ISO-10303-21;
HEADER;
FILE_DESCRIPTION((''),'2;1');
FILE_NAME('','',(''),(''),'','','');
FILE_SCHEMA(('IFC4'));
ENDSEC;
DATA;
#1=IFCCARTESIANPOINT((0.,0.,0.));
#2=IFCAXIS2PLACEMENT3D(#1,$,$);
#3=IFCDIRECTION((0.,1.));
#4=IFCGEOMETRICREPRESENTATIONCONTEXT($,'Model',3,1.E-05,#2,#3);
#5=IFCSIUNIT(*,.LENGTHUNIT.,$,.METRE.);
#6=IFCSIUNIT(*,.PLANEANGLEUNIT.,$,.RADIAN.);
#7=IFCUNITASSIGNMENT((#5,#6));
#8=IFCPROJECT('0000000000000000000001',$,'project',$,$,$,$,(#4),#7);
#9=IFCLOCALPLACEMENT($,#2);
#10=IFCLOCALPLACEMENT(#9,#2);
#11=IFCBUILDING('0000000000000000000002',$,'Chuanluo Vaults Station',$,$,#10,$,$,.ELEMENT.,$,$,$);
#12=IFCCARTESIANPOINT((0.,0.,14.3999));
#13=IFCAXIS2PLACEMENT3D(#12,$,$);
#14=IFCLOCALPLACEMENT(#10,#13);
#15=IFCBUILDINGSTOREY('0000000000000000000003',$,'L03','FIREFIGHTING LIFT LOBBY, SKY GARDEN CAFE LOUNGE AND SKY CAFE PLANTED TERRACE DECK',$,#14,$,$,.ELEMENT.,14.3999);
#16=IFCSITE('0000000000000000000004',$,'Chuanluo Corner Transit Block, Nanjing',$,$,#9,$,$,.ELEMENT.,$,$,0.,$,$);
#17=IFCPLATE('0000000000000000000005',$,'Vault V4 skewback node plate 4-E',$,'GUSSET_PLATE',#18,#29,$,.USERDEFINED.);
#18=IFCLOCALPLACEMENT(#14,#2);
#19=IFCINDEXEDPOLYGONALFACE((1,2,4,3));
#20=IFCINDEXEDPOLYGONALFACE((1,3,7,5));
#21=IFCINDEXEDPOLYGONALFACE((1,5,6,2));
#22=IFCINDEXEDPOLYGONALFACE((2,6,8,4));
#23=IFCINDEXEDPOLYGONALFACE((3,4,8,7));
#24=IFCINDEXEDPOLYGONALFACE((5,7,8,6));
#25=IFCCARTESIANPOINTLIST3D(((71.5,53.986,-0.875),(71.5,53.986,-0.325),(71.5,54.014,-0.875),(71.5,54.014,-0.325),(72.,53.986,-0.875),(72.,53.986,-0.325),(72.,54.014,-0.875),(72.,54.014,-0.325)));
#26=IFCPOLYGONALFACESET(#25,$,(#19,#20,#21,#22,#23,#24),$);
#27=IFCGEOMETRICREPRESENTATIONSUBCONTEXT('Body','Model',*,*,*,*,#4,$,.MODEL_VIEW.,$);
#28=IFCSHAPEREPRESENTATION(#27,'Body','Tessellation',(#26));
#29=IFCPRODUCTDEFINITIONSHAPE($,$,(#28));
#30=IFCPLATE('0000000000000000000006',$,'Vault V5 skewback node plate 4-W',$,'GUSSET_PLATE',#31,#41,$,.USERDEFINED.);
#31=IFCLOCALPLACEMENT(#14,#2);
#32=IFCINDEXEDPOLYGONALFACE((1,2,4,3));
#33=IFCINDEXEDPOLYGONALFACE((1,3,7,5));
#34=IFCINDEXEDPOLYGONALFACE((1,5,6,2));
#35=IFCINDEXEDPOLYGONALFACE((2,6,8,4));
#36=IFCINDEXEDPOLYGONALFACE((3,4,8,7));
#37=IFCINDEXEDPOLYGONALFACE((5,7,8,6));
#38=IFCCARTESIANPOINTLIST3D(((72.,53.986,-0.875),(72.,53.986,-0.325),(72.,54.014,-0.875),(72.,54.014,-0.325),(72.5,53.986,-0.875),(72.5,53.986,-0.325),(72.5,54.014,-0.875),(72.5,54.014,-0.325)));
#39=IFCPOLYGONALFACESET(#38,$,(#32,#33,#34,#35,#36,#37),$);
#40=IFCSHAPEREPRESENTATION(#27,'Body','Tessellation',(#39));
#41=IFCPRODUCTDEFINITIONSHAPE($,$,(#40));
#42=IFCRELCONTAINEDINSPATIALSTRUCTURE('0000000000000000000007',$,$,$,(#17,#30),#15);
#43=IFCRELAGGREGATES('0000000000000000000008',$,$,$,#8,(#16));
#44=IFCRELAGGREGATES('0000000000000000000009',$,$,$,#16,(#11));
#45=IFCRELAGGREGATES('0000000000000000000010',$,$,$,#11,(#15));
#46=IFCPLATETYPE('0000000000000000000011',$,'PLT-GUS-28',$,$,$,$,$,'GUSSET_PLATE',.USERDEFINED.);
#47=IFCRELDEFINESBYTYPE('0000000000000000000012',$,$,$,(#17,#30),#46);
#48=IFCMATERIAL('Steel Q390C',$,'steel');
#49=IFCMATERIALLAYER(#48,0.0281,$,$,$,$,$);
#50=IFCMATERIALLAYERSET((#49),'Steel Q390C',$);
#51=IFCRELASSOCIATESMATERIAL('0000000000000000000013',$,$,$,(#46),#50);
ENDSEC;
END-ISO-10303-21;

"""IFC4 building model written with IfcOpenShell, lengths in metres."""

from ifc_helpers import new_model, si_unit, direction, frame, origin, origin_2d, place, context, subcontext, project, spatial, rectangle, extrude, material, layer, layer_set, type_object, element, save


model = new_model("IFC4")

# Units and contexts
model_context = context("Model", 3, precision=1e-05, world=origin(), true_north=direction((0.0, 1.0)))
body_context = subcontext(model_context, "Body", "Model", "MODEL_VIEW")
ifc_project = project(units=[si_unit("LENGTHUNIT", "METRE"), si_unit("PLANEANGLEUNIT", "RADIAN")], contexts=[model_context])

# Site, building, storey
site_placement = place(None, origin())
site = spatial("IfcSite", under=ifc_project, at=site_placement, Name="Chuanluo Corner Transit Block, Nanjing", CompositionType="ELEMENT", RefElevation=0.0)
building_placement = place(site_placement, origin())
building = spatial("IfcBuilding", under=site, at=building_placement, Name="Chuanluo Vaults Station", CompositionType="ELEMENT")
storey_placement = place(building_placement, frame((0.0, 0.0, 14.3999)))
storey = spatial("IfcBuildingStorey", under=building, at=storey_placement, Name="L03", Description="FIREFIGHTING LIFT LOBBY, SKY GARDEN CAFE LOUNGE AND SKY CAFE PLANTED TERRACE DECK", CompositionType="ELEMENT", Elevation=14.3999)

# Plates
ifc_material_1 = material(Name="Steel Q390C", Category="steel")
ifc_layer = layer(ifc_material_1, 0.0281)
ifc_layer_set = layer_set([ifc_layer], Name="Steel Q390C")
plate_type = type_object("IfcPlateType", Name="PLT-GUS-28", ElementType="GUSSET_PLATE", PredefinedType="USERDEFINED", material=ifc_layer_set)
for number, where, z_axis, x_axis, name in (
    (1, (71.75, 54.0, -0.875), (0.0, 0.0, 1.0), (1.0, 0.0, 0.0), "Vault V4 skewback node plate 4-E"),
    (2, (72.25, 54.0, -0.875), (0.0, 0.0, 1.0), (1.0, 0.0, 0.0), "Vault V5 skewback node plate 4-W"),
):
    element("IfcPlate", number, at=place(storey_placement, frame(where, z_axis=z_axis, x_axis=x_axis)), inside=storey, type_object=plate_type, Name=name, ObjectType="GUSSET_PLATE", PredefinedType="USERDEFINED", context=body_context, shape_type="SweptSolid", body=[
        extrude(rectangle(XDim=0.5, YDim=0.0281, at=origin_2d()), origin(), (0.0, 0.0, 1.0), 0.55),
    ])

save(model, "model.ifc")
